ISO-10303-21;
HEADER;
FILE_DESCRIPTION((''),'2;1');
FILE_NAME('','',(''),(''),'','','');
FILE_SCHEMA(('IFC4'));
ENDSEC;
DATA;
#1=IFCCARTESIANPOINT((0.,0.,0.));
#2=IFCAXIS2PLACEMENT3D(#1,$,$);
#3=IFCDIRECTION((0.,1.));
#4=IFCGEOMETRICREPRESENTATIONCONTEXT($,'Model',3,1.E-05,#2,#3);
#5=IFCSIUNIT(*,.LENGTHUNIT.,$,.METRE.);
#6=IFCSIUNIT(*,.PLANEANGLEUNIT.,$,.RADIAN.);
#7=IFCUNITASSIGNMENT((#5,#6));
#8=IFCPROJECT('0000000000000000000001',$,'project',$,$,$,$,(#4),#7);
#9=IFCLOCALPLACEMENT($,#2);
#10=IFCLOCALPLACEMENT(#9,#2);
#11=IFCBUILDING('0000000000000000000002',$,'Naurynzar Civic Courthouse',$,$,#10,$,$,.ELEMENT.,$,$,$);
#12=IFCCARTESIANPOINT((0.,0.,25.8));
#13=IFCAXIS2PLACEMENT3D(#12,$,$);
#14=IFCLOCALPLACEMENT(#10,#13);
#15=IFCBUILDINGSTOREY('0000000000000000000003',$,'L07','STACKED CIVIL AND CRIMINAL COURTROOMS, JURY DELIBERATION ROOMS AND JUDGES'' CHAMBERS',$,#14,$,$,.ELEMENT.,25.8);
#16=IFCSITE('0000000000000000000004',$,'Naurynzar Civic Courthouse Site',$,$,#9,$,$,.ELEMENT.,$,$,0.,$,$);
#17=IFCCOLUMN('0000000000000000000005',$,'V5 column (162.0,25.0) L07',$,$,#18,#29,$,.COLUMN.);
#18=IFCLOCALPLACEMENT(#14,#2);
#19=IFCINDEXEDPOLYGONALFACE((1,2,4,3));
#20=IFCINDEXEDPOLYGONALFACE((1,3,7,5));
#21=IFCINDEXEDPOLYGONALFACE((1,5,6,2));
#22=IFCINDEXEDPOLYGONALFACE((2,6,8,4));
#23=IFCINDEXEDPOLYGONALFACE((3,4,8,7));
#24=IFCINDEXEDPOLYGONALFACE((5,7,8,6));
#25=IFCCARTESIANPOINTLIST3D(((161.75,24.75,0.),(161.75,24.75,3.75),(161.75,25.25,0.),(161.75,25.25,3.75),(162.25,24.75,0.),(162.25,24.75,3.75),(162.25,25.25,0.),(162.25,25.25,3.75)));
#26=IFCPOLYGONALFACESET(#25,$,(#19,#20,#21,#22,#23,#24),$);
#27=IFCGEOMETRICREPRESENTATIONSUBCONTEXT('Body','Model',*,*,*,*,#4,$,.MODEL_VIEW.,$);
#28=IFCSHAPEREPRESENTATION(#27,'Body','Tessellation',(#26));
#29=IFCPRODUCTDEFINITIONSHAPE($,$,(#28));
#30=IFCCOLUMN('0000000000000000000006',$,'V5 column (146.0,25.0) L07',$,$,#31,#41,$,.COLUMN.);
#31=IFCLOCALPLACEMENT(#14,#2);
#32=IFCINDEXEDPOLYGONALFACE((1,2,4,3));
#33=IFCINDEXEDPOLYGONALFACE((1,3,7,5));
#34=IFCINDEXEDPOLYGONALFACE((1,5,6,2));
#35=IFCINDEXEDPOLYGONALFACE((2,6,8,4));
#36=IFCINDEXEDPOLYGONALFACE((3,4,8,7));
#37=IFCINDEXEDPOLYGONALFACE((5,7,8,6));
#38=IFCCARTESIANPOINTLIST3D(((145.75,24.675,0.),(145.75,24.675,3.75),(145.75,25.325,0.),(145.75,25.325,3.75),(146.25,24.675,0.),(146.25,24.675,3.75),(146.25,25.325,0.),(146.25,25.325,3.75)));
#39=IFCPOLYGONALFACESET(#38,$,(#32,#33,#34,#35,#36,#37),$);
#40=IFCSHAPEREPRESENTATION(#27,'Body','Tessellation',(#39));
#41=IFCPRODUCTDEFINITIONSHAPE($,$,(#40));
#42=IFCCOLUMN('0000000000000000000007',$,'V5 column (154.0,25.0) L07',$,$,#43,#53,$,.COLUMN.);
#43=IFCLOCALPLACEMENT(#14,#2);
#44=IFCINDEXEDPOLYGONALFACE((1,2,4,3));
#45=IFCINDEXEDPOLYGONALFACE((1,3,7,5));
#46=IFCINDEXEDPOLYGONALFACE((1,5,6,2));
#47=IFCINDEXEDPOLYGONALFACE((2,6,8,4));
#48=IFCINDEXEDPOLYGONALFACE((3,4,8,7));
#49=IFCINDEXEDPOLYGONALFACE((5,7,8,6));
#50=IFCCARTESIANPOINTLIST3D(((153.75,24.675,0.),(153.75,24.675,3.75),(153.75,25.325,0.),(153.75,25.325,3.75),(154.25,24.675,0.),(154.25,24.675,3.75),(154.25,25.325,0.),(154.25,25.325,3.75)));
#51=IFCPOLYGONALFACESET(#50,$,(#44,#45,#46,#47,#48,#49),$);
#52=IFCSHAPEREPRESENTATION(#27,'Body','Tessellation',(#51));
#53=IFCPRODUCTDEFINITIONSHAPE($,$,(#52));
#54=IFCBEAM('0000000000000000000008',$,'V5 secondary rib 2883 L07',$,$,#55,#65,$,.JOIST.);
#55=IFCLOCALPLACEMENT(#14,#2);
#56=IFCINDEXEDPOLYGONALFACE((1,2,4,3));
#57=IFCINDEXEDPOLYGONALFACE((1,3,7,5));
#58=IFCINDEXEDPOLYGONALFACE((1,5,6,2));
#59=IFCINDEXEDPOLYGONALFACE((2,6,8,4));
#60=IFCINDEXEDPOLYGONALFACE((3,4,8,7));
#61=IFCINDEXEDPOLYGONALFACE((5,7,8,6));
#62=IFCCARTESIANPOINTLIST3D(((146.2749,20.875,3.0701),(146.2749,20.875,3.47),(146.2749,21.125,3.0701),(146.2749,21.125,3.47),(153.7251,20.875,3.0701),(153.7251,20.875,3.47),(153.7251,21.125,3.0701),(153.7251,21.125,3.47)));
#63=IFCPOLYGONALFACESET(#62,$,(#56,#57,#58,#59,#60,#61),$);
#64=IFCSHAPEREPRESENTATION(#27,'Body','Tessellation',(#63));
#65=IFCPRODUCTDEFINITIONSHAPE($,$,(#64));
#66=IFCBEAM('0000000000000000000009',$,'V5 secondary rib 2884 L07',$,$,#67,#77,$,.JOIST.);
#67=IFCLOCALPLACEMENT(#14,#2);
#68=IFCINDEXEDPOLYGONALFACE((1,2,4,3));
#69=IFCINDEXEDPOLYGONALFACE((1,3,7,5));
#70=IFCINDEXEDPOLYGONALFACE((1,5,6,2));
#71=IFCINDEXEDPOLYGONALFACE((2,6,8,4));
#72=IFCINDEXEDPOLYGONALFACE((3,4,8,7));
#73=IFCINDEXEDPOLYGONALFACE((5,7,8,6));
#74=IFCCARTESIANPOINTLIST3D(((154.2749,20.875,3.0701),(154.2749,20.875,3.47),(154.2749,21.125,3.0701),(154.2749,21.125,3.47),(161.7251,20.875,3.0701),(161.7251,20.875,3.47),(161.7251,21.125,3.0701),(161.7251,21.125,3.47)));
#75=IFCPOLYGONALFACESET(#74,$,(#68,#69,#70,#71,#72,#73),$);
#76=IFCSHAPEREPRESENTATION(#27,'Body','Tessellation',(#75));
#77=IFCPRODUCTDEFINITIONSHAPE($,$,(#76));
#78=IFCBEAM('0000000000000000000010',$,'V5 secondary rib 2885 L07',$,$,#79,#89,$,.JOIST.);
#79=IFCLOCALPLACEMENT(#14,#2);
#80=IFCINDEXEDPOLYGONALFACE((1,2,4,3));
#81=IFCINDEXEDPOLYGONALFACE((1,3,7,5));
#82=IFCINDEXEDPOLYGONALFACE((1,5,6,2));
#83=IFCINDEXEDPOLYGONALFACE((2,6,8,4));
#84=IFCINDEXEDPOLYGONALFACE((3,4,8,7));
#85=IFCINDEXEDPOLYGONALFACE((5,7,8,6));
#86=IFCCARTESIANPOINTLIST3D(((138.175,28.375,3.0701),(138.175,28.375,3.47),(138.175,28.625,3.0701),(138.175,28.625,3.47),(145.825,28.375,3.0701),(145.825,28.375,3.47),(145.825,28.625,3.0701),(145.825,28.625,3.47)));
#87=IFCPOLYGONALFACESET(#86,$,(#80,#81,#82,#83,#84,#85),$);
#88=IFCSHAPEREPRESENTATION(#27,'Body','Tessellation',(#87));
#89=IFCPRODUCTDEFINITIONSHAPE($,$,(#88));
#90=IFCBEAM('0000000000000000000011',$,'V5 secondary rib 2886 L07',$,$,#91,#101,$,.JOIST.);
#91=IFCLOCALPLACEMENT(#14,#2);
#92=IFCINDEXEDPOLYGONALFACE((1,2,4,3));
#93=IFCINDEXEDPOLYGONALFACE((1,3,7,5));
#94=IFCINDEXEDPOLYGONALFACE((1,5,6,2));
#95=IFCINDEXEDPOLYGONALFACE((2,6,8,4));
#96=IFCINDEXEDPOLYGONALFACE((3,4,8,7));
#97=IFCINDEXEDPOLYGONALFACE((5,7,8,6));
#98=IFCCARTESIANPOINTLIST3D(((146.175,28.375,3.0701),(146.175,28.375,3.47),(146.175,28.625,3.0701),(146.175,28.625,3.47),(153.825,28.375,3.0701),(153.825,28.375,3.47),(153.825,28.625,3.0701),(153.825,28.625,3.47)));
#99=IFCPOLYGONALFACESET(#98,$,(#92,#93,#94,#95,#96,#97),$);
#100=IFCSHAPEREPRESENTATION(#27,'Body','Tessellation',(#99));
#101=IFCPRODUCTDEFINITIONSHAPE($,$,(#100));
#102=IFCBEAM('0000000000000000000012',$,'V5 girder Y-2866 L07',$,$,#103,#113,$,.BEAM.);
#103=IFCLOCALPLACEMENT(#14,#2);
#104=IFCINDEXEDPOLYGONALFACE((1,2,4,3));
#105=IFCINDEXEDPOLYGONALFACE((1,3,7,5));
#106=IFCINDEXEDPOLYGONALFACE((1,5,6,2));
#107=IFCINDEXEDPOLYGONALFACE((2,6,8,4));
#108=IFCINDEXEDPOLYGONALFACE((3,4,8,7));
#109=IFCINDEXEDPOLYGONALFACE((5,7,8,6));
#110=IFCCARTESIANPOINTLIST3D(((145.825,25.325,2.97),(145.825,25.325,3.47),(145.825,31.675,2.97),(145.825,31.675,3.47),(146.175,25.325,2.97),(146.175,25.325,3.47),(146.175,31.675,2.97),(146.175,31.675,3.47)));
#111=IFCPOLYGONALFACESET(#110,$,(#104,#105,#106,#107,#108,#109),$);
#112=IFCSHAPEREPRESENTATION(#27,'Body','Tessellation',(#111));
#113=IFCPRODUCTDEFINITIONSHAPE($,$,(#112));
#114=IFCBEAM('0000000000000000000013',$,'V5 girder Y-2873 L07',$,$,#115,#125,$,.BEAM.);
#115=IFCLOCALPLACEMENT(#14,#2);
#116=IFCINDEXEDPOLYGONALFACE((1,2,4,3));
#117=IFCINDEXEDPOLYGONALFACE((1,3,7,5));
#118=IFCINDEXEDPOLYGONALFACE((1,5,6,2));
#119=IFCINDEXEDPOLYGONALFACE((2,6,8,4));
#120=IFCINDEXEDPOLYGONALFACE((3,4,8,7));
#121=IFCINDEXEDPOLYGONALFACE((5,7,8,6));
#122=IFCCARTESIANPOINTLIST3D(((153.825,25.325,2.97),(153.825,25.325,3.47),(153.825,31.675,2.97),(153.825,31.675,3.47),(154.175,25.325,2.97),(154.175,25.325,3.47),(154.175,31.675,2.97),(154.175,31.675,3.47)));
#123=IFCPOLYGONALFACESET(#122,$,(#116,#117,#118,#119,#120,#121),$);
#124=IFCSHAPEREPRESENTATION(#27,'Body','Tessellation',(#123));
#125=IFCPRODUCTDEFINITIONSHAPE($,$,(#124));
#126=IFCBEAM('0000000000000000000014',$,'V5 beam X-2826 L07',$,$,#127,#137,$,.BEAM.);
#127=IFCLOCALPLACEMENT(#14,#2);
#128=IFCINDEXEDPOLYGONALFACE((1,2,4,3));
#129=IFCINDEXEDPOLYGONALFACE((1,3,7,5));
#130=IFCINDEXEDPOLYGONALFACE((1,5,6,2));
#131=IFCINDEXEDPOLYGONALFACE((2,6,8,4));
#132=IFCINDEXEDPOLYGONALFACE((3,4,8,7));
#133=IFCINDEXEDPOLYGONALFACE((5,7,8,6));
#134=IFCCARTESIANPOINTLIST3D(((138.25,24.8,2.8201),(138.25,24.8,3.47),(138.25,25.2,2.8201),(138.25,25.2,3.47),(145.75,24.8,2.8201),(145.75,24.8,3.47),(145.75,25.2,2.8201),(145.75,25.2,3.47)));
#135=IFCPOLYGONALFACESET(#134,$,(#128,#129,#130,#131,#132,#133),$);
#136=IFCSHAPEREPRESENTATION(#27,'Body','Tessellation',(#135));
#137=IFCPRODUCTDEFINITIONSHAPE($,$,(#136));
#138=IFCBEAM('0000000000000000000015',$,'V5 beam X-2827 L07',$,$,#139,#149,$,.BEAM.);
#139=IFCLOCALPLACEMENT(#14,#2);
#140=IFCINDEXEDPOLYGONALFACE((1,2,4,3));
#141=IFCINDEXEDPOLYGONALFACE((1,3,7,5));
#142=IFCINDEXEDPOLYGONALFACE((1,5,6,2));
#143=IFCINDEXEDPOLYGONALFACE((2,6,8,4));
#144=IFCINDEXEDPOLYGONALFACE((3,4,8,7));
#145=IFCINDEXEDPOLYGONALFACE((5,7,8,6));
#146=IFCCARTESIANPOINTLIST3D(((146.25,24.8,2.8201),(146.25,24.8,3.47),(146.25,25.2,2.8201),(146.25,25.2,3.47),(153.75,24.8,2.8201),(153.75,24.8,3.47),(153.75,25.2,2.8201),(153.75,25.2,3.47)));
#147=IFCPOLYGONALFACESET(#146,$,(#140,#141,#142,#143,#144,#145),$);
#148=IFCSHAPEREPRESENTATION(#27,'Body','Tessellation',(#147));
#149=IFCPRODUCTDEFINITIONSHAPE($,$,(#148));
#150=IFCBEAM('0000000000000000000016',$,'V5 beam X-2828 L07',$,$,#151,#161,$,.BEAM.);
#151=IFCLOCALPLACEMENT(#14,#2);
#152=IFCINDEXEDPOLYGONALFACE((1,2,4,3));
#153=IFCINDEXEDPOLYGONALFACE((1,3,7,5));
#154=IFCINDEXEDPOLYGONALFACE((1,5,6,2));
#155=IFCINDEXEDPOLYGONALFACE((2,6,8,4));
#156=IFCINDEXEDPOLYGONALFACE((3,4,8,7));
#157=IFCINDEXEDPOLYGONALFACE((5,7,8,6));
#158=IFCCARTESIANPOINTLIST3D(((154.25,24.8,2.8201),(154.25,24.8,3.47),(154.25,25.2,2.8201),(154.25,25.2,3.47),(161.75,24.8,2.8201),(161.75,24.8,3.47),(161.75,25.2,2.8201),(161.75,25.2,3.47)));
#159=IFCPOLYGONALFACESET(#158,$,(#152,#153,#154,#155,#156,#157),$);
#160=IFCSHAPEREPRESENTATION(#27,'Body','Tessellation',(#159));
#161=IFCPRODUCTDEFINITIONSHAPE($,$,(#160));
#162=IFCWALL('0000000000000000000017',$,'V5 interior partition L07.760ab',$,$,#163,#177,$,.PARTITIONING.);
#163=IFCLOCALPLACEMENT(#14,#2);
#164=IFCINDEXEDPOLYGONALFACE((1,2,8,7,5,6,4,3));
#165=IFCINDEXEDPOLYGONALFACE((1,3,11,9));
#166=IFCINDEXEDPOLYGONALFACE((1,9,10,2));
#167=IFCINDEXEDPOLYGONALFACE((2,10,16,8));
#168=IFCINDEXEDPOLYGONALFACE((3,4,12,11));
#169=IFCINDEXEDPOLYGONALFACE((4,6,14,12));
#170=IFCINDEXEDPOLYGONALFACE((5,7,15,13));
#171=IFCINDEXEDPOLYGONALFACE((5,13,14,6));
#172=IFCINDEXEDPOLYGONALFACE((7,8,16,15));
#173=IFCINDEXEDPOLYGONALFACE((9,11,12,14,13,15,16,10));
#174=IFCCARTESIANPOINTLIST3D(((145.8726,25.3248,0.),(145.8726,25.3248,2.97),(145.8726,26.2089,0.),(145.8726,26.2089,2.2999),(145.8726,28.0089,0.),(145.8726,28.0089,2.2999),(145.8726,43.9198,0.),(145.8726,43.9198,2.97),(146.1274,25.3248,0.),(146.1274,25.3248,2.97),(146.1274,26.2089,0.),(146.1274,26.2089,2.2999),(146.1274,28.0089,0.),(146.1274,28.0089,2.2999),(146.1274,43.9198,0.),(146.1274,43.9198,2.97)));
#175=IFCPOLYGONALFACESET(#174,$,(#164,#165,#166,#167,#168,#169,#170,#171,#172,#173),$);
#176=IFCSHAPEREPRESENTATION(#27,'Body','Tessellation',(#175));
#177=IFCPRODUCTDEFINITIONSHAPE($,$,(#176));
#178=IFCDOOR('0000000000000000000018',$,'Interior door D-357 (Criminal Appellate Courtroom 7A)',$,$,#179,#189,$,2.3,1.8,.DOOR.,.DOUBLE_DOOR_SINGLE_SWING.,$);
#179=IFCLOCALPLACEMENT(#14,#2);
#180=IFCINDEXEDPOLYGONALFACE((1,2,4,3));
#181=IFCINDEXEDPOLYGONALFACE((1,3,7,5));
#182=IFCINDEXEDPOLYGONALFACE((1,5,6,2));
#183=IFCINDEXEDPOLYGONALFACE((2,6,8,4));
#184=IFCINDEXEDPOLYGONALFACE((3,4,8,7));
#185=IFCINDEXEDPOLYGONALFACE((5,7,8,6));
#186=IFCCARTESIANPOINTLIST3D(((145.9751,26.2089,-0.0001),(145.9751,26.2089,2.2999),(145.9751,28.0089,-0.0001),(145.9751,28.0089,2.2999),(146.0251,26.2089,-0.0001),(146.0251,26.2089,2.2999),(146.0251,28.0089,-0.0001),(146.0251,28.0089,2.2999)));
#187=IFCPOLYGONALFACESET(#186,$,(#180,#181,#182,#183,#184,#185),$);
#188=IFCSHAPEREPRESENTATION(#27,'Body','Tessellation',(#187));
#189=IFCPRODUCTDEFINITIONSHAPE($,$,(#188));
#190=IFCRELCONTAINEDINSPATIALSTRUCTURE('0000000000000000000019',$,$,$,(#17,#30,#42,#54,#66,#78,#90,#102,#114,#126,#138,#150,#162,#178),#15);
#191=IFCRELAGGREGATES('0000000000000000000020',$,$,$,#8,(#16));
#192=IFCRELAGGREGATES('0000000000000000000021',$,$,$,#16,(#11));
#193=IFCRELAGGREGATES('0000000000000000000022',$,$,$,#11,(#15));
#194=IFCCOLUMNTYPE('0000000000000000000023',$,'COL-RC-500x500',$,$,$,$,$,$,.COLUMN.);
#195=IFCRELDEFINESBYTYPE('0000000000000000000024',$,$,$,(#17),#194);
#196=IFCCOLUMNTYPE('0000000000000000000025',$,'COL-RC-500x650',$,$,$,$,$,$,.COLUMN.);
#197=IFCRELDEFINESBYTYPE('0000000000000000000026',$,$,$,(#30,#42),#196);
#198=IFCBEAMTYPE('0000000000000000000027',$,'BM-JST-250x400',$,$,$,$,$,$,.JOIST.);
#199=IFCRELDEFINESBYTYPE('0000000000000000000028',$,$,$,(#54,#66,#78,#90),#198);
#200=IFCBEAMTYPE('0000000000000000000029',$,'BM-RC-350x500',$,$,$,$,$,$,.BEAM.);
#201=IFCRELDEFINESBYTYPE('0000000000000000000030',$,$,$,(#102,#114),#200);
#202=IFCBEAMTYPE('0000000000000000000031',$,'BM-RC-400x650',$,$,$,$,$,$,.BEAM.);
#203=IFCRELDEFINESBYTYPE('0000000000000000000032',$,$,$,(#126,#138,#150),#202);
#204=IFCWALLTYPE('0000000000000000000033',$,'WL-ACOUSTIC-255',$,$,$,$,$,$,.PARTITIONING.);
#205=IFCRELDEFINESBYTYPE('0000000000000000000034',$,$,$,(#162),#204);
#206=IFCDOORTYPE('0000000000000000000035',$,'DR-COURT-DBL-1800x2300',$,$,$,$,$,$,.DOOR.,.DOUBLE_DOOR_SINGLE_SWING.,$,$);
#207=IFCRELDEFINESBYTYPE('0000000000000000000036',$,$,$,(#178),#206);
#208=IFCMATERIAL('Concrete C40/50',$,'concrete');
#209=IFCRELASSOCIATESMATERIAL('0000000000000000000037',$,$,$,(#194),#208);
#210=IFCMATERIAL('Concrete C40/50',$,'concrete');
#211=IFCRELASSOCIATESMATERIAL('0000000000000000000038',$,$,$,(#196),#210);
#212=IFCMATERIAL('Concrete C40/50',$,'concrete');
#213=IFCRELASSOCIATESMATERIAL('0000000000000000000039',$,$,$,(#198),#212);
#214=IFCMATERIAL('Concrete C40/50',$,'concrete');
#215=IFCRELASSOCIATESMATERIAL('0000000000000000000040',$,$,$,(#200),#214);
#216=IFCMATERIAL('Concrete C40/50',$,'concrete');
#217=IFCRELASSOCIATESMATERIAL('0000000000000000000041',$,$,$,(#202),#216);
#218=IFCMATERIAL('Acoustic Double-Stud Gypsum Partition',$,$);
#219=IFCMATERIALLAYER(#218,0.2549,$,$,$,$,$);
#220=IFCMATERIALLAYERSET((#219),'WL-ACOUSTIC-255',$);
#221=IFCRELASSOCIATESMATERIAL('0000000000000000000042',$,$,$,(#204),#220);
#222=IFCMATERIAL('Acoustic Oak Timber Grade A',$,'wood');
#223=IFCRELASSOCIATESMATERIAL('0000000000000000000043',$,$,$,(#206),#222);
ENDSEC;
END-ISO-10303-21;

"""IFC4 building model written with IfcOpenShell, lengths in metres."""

from ifc_helpers import new_model, si_unit, direction, frame, frame_2d, origin, origin_2d, place, context, subcontext, project, spatial, rectangle, extrude, material, layer, layer_set, material_profile, profile_set, type_object, element, fill, save


model = new_model("IFC4")

# Units and contexts
model_context = context("Model", 3, precision=1e-05, world=origin(), true_north=direction((0.0, 1.0)))
body_context = subcontext(model_context, "Body", "Model", "MODEL_VIEW")
ifc_project = project(units=[si_unit("LENGTHUNIT", "METRE"), si_unit("PLANEANGLEUNIT", "RADIAN")], contexts=[model_context])

# Site, building, storey
site_placement = place(None, origin())
site = spatial("IfcSite", under=ifc_project, at=site_placement, Name="Naurynzar Civic Courthouse Site", CompositionType="ELEMENT", RefElevation=0.0)
building_placement = place(site_placement, origin())
building = spatial("IfcBuilding", under=site, at=building_placement, Name="Naurynzar Civic Courthouse", CompositionType="ELEMENT")
storey_placement = place(building_placement, frame((0.0, 0.0, 25.8)))
storey = spatial("IfcBuildingStorey", under=building, at=storey_placement, Name="L07", Description="STACKED CIVIL AND CRIMINAL COURTROOMS, JURY DELIBERATION ROOMS AND JUDGES' CHAMBERS", CompositionType="ELEMENT", Elevation=25.8)

# Columns
ifc_material_1 = material(Name="Concrete C40/50", Category="concrete")
ifc_material_profile_1 = material_profile(ifc_material_1, rectangle(XDim=0.5, YDim=0.5, at=origin_2d()), Name="RC 500x500")
ifc_profile_set_1 = profile_set([ifc_material_profile_1], Name="Concrete C40/50")
column_type_1 = type_object("IfcColumnType", Name="COL-RC-500x500", PredefinedType="COLUMN", material=ifc_profile_set_1)
column_placement = place(storey_placement, frame((162.0, 25.0, 0.0), z_axis=(0.0, 0.0, 1.0), x_axis=(1.0, 0.0, 0.0)))
element("IfcColumn", 1, at=column_placement, inside=storey, type_object=column_type_1, Name="V5 column (162.0,25.0) L07", PredefinedType="COLUMN", context=body_context, shape_type="SweptSolid", body=[
    extrude(rectangle(XDim=0.5, YDim=0.5, at=origin_2d()), origin(), (0.0, 0.0, 1.0), 3.75),
])
ifc_material_2 = material(Name="Concrete C40/50", Category="concrete")
ifc_material_profile_2 = material_profile(ifc_material_2, rectangle(XDim=0.5, YDim=0.6499, at=origin_2d()), Name="RC 500x650")
ifc_profile_set_2 = profile_set([ifc_material_profile_2], Name="Concrete C40/50")
column_type_2 = type_object("IfcColumnType", Name="COL-RC-500x650", PredefinedType="COLUMN", material=ifc_profile_set_2)
for number, where, z_axis, x_axis, name in (
    (2, (146.0, 25.0, 0.0), (0.0, 0.0, 1.0), (1.0, 0.0, 0.0), "V5 column (146.0,25.0) L07"),
    (3, (154.0, 25.0, 0.0), (0.0, 0.0, 1.0), (1.0, 0.0, 0.0), "V5 column (154.0,25.0) L07"),
):
    element("IfcColumn", number, at=place(storey_placement, frame(where, z_axis=z_axis, x_axis=x_axis)), inside=storey, type_object=column_type_2, Name=name, PredefinedType="COLUMN", context=body_context, shape_type="SweptSolid", body=[
        extrude(rectangle(XDim=0.5, YDim=0.6499, at=origin_2d()), origin(), (0.0, 0.0, 1.0), 3.75),
    ])

# Beams
ifc_material_3 = material(Name="Concrete C40/50", Category="concrete")
ifc_material_profile_3 = material_profile(ifc_material_3, rectangle(XDim=0.25, YDim=0.3999, at=origin_2d()), Name="RCB 250x400")
ifc_profile_set_3 = profile_set([ifc_material_profile_3], Name="Concrete C40/50")
beam_type_1 = type_object("IfcBeamType", Name="BM-JST-250x400", PredefinedType="JOIST", material=ifc_profile_set_3)
for number, where, z_axis, x_axis, name in (
    (4, (146.2749, 21.0, 3.27), (1.0, 0.0, 0.0), (0.0, 1.0, 0.0), "V5 secondary rib 2883 L07"),
    (5, (154.2749, 21.0, 3.27), (1.0, 0.0, 0.0), (0.0, 1.0, 0.0), "V5 secondary rib 2884 L07"),
):
    element("IfcBeam", number, at=place(storey_placement, frame(where, z_axis=z_axis, x_axis=x_axis)), inside=storey, type_object=beam_type_1, Name=name, PredefinedType="JOIST", context=body_context, shape_type="SweptSolid", body=[
        extrude(rectangle(XDim=0.25, YDim=0.3999, at=origin_2d()), origin(), (0.0, 0.0, 1.0), 7.4502),
    ])
for number, where, z_axis, x_axis, name in (
    (6, (138.175, 28.5, 3.27), (1.0, 0.0, 0.0), (0.0, 1.0, 0.0), "V5 secondary rib 2885 L07"),
    (7, (146.175, 28.5, 3.27), (1.0, 0.0, 0.0), (0.0, 1.0, 0.0), "V5 secondary rib 2886 L07"),
):
    element("IfcBeam", number, at=place(storey_placement, frame(where, z_axis=z_axis, x_axis=x_axis)), inside=storey, type_object=beam_type_1, Name=name, PredefinedType="JOIST", context=body_context, shape_type="SweptSolid", body=[
        extrude(rectangle(XDim=0.25, YDim=0.3999, at=origin_2d()), origin(), (0.0, 0.0, 1.0), 7.6499),
    ])
ifc_material_4 = material(Name="Concrete C40/50", Category="concrete")
ifc_material_profile_4 = material_profile(ifc_material_4, rectangle(XDim=0.3501, YDim=0.5, at=origin_2d()), Name="RCB 350x500")
ifc_profile_set_4 = profile_set([ifc_material_profile_4], Name="Concrete C40/50")
beam_type_2 = type_object("IfcBeamType", Name="BM-RC-350x500", PredefinedType="BEAM", material=ifc_profile_set_4)
for number, where, z_axis, x_axis, name in (
    (8, (146.0, 25.325, 3.22), (0.0, 1.0, 0.0), (-1.0, 0.0, 0.0), "V5 girder Y-2866 L07"),
    (9, (154.0, 25.325, 3.22), (0.0, 1.0, 0.0), (-1.0, 0.0, 0.0), "V5 girder Y-2873 L07"),
):
    element("IfcBeam", number, at=place(storey_placement, frame(where, z_axis=z_axis, x_axis=x_axis)), inside=storey, type_object=beam_type_2, Name=name, PredefinedType="BEAM", context=body_context, shape_type="SweptSolid", body=[
        extrude(rectangle(XDim=0.3501, YDim=0.5, at=origin_2d()), origin(), (0.0, 0.0, 1.0), 6.3501),
    ])
ifc_material_5 = material(Name="Concrete C40/50", Category="concrete")
ifc_material_profile_5 = material_profile(ifc_material_5, rectangle(XDim=0.3999, YDim=0.6499, at=origin_2d()), Name="RCB 400x650")
ifc_profile_set_5 = profile_set([ifc_material_profile_5], Name="Concrete C40/50")
beam_type_3 = type_object("IfcBeamType", Name="BM-RC-400x650", PredefinedType="BEAM", material=ifc_profile_set_5)
for number, where, z_axis, x_axis, name in (
    (10, (138.25, 25.0, 3.145), (1.0, 0.0, 0.0), (0.0, 1.0, 0.0), "V5 beam X-2826 L07"),
    (11, (146.25, 25.0, 3.145), (1.0, 0.0, 0.0), (0.0, 1.0, 0.0), "V5 beam X-2827 L07"),
    (12, (154.25, 25.0, 3.145), (1.0, 0.0, 0.0), (0.0, 1.0, 0.0), "V5 beam X-2828 L07"),
):
    element("IfcBeam", number, at=place(storey_placement, frame(where, z_axis=z_axis, x_axis=x_axis)), inside=storey, type_object=beam_type_3, Name=name, PredefinedType="BEAM", context=body_context, shape_type="SweptSolid", body=[
        extrude(rectangle(XDim=0.3999, YDim=0.6499, at=origin_2d()), origin(), (0.0, 0.0, 1.0), 7.5),
    ])

# Wall, opening, door
ifc_material_6 = material(Name="Acoustic Double-Stud Gypsum Partition")
ifc_layer_1 = layer(ifc_material_6, 0.2549)
ifc_layer_set_1 = layer_set([ifc_layer_1], Name="WL-ACOUSTIC-255")
wall_type_1 = type_object("IfcWallType", Name="WL-ACOUSTIC-255", PredefinedType="PARTITIONING", material=ifc_layer_set_1)
wall_1_placement = place(storey_placement, frame((146.0, 25.325, 0.0), z_axis=(0.0, 0.0, 1.0), x_axis=(0.0, 1.0, 0.0)))
wall_1 = element("IfcWall", 13, at=wall_1_placement, inside=storey, type_object=wall_type_1, Name="V5 interior partition L07.760ab", PredefinedType="PARTITIONING", context=body_context, shape_type="SweptSolid", body=[
    extrude(rectangle(XDim=18.595, YDim=0.2549, at=frame_2d((9.2974, 0.0))), origin(), (0.0, 0.0, 1.0), 2.97),
])
opening_1_placement = place(wall_1_placement, frame((0.884, 0.0, 0.0)))
opening_1 = element("IfcOpeningElement", 14, at=opening_1_placement, cuts=wall_1, PredefinedType="OPENING", context=body_context, shape_type="SweptSolid", body=[
    extrude(rectangle(XDim=1.8, YDim=2.3, at=frame_2d((0.8999, 1.1499))), frame((0.0, 0.1375, 0.0), z_axis=(0.0, -1.0, 0.0), x_axis=(1.0, 0.0, 0.0)), (0.0, 0.0, 1.0), 0.2749),
])
ifc_material_7 = material(Name="Acoustic Oak Timber Grade A", Category="wood")
door_type_1 = type_object("IfcDoorType", Name="DR-COURT-DBL-1800x2300", OperationType="DOUBLE_DOOR_SINGLE_SWING", PredefinedType="DOOR", material=ifc_material_7)
door_1_placement = place(opening_1_placement, origin())
door_1 = element("IfcDoor", 15, at=door_1_placement, inside=storey, type_object=door_type_1, Name="Interior door D-357 (Criminal Appellate Courtroom 7A)", OperationType="DOUBLE_DOOR_SINGLE_SWING", OverallHeight=2.3, OverallWidth=1.8, PredefinedType="DOOR", context=body_context, shape_type="SweptSolid", body=[
    extrude(rectangle(XDim=1.8, YDim=2.3, at=frame_2d((0.8999, 1.1499))), frame((0.0, 0.0249, 0.0), z_axis=(0.0, -1.0, 0.0), x_axis=(1.0, 0.0, 0.0)), (0.0, 0.0, 1.0), 0.05),
])
fill(opening_1, door_1)

save(model, "model.ifc")
